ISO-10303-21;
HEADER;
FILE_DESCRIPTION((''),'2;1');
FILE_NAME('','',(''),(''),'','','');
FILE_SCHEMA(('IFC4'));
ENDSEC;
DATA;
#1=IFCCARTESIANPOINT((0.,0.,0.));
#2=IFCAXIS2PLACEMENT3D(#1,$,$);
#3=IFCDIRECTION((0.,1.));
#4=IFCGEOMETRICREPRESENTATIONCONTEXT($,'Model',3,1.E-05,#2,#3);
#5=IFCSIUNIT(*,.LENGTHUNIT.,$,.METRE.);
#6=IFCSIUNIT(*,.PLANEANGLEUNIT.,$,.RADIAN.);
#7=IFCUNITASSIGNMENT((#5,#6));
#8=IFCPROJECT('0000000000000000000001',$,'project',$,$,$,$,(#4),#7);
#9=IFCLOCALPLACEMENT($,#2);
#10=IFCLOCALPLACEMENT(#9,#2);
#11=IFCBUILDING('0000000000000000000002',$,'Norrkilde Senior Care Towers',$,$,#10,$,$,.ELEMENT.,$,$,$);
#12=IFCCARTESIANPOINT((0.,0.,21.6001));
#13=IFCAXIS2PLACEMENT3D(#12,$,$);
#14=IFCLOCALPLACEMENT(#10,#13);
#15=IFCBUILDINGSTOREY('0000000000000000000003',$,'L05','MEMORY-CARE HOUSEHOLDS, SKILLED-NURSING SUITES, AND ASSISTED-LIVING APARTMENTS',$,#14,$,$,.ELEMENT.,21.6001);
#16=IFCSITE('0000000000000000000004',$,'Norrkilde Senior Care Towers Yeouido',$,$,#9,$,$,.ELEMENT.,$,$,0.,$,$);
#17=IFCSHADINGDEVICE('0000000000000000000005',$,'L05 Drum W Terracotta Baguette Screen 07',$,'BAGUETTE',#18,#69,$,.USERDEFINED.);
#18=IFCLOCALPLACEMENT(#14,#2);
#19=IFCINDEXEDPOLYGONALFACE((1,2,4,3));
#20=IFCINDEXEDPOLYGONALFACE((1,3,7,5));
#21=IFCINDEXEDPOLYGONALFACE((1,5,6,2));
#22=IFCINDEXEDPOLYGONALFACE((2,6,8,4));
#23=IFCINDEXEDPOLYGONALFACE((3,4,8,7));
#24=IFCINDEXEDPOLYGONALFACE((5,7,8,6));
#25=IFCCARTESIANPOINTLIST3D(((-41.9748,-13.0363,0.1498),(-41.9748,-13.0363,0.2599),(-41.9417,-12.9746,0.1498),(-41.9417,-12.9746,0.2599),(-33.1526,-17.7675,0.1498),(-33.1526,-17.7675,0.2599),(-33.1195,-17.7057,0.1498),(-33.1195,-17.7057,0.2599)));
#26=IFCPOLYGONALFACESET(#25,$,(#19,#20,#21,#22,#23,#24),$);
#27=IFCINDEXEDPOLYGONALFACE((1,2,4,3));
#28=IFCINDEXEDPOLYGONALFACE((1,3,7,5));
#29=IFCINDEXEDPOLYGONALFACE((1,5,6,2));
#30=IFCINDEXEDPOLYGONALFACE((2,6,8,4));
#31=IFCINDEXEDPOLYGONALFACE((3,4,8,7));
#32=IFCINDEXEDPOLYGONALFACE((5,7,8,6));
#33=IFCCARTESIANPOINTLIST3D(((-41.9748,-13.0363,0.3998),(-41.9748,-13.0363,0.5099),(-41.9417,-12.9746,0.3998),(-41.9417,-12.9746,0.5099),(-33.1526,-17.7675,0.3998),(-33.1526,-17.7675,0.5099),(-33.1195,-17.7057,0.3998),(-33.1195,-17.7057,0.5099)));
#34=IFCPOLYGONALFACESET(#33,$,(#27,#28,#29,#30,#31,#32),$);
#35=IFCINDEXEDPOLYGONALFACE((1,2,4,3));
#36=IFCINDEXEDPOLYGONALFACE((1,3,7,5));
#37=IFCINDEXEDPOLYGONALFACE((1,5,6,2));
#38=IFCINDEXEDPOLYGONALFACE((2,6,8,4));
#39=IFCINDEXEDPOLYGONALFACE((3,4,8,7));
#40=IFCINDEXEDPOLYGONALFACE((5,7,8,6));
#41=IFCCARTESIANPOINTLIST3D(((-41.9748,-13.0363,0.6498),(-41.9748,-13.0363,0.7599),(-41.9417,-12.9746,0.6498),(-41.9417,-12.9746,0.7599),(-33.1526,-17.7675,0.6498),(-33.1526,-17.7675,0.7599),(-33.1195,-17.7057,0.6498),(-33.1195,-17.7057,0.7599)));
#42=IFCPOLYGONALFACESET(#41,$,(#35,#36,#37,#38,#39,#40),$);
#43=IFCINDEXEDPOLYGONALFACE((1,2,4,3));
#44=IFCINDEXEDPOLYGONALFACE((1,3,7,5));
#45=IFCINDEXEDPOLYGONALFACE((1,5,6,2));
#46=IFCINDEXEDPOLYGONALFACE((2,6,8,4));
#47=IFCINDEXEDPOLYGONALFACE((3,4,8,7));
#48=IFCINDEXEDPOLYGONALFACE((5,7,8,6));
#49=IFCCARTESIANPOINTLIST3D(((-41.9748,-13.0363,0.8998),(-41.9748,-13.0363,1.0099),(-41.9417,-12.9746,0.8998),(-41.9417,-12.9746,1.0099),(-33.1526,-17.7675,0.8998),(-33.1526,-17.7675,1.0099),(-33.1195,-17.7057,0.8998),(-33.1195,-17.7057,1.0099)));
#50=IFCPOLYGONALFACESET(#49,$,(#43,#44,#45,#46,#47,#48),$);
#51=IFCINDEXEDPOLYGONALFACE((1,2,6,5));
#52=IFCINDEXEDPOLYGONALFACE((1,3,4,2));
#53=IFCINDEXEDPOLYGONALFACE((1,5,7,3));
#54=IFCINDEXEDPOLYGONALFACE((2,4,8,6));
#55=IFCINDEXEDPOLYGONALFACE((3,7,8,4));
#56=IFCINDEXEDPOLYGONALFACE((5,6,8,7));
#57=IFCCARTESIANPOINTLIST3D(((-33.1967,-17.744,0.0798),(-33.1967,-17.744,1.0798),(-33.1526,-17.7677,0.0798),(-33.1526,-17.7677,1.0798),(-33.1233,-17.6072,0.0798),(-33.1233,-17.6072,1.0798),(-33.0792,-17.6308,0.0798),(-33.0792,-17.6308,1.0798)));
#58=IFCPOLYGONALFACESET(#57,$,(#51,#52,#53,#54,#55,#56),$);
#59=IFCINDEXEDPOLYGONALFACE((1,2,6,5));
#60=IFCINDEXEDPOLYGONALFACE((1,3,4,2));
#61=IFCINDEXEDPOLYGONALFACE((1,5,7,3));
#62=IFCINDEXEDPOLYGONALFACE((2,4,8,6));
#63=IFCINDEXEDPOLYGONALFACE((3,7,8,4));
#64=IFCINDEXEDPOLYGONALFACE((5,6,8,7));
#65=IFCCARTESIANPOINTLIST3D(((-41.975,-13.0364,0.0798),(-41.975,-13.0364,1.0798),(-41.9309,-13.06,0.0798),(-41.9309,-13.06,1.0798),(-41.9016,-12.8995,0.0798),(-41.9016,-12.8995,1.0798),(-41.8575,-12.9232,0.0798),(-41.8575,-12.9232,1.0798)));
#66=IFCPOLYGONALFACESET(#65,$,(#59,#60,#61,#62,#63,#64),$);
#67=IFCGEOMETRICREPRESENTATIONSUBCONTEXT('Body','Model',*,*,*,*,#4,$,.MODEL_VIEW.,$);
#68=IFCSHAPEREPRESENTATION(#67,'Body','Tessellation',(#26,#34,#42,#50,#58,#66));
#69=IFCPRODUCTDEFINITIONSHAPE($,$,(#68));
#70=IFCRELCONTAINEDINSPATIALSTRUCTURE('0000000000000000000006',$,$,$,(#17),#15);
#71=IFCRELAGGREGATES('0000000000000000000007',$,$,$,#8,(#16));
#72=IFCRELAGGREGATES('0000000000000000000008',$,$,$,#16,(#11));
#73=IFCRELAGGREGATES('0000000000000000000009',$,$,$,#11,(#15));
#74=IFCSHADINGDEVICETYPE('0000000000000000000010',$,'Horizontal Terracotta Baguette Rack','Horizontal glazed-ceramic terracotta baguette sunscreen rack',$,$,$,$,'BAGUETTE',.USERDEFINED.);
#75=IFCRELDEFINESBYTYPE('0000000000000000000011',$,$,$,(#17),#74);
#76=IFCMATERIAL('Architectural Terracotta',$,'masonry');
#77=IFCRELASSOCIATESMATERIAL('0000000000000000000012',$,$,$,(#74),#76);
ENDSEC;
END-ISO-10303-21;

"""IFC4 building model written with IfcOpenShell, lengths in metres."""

from ifc_helpers import new_model, si_unit, direction, frame, origin, origin_2d, place, context, subcontext, project, spatial, rectangle, extrude, source, transform, mapped, material, type_object, type_shapes, element, save


model = new_model("IFC4")

# Units and contexts
model_context = context("Model", 3, precision=1e-05, world=origin(), true_north=direction((0.0, 1.0)))
body_context = subcontext(model_context, "Body", "Model", "MODEL_VIEW")
ifc_project = project(units=[si_unit("LENGTHUNIT", "METRE"), si_unit("PLANEANGLEUNIT", "RADIAN")], contexts=[model_context])

# Site, building, storey
site_placement = place(None, origin())
site = spatial("IfcSite", under=ifc_project, at=site_placement, Name="Norrkilde Senior Care Towers Yeouido", CompositionType="ELEMENT", RefElevation=0.0)
building_placement = place(site_placement, origin())
building = spatial("IfcBuilding", under=site, at=building_placement, Name="Norrkilde Senior Care Towers", CompositionType="ELEMENT")
storey_placement = place(building_placement, frame((0.0, 0.0, 21.6001)))
storey = spatial("IfcBuildingStorey", under=building, at=storey_placement, Name="L05", Description="MEMORY-CARE HOUSEHOLDS, SKILLED-NURSING SUITES, AND ASSISTED-LIVING APARTMENTS", CompositionType="ELEMENT", Elevation=21.6001)

# Shading device
ifc_material_1 = material(Name="Architectural Terracotta", Category="masonry")
shading_device_type = type_object("IfcShadingDeviceType", Name="Horizontal Terracotta Baguette Rack", Description="Horizontal glazed-ceramic terracotta baguette sunscreen rack", ElementType="BAGUETTE", PredefinedType="USERDEFINED", material=ifc_material_1)
shared_shape_1 = source(origin(), body_context, "Body", "SweptSolid", [
    extrude(rectangle(XDim=0.0701, YDim=0.1101, at=origin_2d()), frame((0.0, 0.0901, 0.125), z_axis=(1.0, 0.0, 0.0), x_axis=(0.0, 1.0, 0.0)), (0.0, 0.0, 1.0), 10.0107),
    extrude(rectangle(XDim=0.0701, YDim=0.1101, at=origin_2d()), frame((0.0, 0.0901, 0.375), z_axis=(1.0, 0.0, 0.0), x_axis=(0.0, 1.0, 0.0)), (0.0, 0.0, 1.0), 10.0107),
    extrude(rectangle(XDim=0.0701, YDim=0.1101, at=origin_2d()), frame((0.0, 0.0901, 0.625), z_axis=(1.0, 0.0, 0.0), x_axis=(0.0, 1.0, 0.0)), (0.0, 0.0, 1.0), 10.0107),
    extrude(rectangle(XDim=0.0701, YDim=0.1101, at=origin_2d()), frame((0.0, 0.0901, 0.875), z_axis=(1.0, 0.0, 0.0), x_axis=(0.0, 1.0, 0.0)), (0.0, 0.0, 1.0), 10.0107),
    extrude(rectangle(XDim=0.05, YDim=0.1553, at=origin_2d()), frame((0.0249, 0.0476, 0.0)), (0.0, 0.0, 1.0), 1.0),
    extrude(rectangle(XDim=0.05, YDim=0.1553, at=origin_2d()), frame((9.9858, 0.0476, 0.0)), (0.0, 0.0, 1.0), 1.0),
])
type_shapes(shading_device_type, [shared_shape_1])
shading_device_placement = place(storey_placement, frame((-33.0935, -17.6572, 0.0798), z_axis=(0.0, 0.0, 1.0), x_axis=(-0.88128, 0.472612, 0.0)))
element("IfcShadingDevice", 1, at=shading_device_placement, inside=storey, type_object=shading_device_type, Name="L05 Drum W Terracotta Baguette Screen 07", ObjectType="BAGUETTE", PredefinedType="USERDEFINED", context=body_context, shape_type="MappedRepresentation", body=[
    mapped(shared_shape_1, transform((0.0, 0.0, 0.0), x_axis=(1.0, 0.0, 0.0), y_axis=(0.0, 1.0, 0.0), z_axis=(0.0, 0.0, 1.0), scale=1.0)),
])

save(model, "model.ifc")
